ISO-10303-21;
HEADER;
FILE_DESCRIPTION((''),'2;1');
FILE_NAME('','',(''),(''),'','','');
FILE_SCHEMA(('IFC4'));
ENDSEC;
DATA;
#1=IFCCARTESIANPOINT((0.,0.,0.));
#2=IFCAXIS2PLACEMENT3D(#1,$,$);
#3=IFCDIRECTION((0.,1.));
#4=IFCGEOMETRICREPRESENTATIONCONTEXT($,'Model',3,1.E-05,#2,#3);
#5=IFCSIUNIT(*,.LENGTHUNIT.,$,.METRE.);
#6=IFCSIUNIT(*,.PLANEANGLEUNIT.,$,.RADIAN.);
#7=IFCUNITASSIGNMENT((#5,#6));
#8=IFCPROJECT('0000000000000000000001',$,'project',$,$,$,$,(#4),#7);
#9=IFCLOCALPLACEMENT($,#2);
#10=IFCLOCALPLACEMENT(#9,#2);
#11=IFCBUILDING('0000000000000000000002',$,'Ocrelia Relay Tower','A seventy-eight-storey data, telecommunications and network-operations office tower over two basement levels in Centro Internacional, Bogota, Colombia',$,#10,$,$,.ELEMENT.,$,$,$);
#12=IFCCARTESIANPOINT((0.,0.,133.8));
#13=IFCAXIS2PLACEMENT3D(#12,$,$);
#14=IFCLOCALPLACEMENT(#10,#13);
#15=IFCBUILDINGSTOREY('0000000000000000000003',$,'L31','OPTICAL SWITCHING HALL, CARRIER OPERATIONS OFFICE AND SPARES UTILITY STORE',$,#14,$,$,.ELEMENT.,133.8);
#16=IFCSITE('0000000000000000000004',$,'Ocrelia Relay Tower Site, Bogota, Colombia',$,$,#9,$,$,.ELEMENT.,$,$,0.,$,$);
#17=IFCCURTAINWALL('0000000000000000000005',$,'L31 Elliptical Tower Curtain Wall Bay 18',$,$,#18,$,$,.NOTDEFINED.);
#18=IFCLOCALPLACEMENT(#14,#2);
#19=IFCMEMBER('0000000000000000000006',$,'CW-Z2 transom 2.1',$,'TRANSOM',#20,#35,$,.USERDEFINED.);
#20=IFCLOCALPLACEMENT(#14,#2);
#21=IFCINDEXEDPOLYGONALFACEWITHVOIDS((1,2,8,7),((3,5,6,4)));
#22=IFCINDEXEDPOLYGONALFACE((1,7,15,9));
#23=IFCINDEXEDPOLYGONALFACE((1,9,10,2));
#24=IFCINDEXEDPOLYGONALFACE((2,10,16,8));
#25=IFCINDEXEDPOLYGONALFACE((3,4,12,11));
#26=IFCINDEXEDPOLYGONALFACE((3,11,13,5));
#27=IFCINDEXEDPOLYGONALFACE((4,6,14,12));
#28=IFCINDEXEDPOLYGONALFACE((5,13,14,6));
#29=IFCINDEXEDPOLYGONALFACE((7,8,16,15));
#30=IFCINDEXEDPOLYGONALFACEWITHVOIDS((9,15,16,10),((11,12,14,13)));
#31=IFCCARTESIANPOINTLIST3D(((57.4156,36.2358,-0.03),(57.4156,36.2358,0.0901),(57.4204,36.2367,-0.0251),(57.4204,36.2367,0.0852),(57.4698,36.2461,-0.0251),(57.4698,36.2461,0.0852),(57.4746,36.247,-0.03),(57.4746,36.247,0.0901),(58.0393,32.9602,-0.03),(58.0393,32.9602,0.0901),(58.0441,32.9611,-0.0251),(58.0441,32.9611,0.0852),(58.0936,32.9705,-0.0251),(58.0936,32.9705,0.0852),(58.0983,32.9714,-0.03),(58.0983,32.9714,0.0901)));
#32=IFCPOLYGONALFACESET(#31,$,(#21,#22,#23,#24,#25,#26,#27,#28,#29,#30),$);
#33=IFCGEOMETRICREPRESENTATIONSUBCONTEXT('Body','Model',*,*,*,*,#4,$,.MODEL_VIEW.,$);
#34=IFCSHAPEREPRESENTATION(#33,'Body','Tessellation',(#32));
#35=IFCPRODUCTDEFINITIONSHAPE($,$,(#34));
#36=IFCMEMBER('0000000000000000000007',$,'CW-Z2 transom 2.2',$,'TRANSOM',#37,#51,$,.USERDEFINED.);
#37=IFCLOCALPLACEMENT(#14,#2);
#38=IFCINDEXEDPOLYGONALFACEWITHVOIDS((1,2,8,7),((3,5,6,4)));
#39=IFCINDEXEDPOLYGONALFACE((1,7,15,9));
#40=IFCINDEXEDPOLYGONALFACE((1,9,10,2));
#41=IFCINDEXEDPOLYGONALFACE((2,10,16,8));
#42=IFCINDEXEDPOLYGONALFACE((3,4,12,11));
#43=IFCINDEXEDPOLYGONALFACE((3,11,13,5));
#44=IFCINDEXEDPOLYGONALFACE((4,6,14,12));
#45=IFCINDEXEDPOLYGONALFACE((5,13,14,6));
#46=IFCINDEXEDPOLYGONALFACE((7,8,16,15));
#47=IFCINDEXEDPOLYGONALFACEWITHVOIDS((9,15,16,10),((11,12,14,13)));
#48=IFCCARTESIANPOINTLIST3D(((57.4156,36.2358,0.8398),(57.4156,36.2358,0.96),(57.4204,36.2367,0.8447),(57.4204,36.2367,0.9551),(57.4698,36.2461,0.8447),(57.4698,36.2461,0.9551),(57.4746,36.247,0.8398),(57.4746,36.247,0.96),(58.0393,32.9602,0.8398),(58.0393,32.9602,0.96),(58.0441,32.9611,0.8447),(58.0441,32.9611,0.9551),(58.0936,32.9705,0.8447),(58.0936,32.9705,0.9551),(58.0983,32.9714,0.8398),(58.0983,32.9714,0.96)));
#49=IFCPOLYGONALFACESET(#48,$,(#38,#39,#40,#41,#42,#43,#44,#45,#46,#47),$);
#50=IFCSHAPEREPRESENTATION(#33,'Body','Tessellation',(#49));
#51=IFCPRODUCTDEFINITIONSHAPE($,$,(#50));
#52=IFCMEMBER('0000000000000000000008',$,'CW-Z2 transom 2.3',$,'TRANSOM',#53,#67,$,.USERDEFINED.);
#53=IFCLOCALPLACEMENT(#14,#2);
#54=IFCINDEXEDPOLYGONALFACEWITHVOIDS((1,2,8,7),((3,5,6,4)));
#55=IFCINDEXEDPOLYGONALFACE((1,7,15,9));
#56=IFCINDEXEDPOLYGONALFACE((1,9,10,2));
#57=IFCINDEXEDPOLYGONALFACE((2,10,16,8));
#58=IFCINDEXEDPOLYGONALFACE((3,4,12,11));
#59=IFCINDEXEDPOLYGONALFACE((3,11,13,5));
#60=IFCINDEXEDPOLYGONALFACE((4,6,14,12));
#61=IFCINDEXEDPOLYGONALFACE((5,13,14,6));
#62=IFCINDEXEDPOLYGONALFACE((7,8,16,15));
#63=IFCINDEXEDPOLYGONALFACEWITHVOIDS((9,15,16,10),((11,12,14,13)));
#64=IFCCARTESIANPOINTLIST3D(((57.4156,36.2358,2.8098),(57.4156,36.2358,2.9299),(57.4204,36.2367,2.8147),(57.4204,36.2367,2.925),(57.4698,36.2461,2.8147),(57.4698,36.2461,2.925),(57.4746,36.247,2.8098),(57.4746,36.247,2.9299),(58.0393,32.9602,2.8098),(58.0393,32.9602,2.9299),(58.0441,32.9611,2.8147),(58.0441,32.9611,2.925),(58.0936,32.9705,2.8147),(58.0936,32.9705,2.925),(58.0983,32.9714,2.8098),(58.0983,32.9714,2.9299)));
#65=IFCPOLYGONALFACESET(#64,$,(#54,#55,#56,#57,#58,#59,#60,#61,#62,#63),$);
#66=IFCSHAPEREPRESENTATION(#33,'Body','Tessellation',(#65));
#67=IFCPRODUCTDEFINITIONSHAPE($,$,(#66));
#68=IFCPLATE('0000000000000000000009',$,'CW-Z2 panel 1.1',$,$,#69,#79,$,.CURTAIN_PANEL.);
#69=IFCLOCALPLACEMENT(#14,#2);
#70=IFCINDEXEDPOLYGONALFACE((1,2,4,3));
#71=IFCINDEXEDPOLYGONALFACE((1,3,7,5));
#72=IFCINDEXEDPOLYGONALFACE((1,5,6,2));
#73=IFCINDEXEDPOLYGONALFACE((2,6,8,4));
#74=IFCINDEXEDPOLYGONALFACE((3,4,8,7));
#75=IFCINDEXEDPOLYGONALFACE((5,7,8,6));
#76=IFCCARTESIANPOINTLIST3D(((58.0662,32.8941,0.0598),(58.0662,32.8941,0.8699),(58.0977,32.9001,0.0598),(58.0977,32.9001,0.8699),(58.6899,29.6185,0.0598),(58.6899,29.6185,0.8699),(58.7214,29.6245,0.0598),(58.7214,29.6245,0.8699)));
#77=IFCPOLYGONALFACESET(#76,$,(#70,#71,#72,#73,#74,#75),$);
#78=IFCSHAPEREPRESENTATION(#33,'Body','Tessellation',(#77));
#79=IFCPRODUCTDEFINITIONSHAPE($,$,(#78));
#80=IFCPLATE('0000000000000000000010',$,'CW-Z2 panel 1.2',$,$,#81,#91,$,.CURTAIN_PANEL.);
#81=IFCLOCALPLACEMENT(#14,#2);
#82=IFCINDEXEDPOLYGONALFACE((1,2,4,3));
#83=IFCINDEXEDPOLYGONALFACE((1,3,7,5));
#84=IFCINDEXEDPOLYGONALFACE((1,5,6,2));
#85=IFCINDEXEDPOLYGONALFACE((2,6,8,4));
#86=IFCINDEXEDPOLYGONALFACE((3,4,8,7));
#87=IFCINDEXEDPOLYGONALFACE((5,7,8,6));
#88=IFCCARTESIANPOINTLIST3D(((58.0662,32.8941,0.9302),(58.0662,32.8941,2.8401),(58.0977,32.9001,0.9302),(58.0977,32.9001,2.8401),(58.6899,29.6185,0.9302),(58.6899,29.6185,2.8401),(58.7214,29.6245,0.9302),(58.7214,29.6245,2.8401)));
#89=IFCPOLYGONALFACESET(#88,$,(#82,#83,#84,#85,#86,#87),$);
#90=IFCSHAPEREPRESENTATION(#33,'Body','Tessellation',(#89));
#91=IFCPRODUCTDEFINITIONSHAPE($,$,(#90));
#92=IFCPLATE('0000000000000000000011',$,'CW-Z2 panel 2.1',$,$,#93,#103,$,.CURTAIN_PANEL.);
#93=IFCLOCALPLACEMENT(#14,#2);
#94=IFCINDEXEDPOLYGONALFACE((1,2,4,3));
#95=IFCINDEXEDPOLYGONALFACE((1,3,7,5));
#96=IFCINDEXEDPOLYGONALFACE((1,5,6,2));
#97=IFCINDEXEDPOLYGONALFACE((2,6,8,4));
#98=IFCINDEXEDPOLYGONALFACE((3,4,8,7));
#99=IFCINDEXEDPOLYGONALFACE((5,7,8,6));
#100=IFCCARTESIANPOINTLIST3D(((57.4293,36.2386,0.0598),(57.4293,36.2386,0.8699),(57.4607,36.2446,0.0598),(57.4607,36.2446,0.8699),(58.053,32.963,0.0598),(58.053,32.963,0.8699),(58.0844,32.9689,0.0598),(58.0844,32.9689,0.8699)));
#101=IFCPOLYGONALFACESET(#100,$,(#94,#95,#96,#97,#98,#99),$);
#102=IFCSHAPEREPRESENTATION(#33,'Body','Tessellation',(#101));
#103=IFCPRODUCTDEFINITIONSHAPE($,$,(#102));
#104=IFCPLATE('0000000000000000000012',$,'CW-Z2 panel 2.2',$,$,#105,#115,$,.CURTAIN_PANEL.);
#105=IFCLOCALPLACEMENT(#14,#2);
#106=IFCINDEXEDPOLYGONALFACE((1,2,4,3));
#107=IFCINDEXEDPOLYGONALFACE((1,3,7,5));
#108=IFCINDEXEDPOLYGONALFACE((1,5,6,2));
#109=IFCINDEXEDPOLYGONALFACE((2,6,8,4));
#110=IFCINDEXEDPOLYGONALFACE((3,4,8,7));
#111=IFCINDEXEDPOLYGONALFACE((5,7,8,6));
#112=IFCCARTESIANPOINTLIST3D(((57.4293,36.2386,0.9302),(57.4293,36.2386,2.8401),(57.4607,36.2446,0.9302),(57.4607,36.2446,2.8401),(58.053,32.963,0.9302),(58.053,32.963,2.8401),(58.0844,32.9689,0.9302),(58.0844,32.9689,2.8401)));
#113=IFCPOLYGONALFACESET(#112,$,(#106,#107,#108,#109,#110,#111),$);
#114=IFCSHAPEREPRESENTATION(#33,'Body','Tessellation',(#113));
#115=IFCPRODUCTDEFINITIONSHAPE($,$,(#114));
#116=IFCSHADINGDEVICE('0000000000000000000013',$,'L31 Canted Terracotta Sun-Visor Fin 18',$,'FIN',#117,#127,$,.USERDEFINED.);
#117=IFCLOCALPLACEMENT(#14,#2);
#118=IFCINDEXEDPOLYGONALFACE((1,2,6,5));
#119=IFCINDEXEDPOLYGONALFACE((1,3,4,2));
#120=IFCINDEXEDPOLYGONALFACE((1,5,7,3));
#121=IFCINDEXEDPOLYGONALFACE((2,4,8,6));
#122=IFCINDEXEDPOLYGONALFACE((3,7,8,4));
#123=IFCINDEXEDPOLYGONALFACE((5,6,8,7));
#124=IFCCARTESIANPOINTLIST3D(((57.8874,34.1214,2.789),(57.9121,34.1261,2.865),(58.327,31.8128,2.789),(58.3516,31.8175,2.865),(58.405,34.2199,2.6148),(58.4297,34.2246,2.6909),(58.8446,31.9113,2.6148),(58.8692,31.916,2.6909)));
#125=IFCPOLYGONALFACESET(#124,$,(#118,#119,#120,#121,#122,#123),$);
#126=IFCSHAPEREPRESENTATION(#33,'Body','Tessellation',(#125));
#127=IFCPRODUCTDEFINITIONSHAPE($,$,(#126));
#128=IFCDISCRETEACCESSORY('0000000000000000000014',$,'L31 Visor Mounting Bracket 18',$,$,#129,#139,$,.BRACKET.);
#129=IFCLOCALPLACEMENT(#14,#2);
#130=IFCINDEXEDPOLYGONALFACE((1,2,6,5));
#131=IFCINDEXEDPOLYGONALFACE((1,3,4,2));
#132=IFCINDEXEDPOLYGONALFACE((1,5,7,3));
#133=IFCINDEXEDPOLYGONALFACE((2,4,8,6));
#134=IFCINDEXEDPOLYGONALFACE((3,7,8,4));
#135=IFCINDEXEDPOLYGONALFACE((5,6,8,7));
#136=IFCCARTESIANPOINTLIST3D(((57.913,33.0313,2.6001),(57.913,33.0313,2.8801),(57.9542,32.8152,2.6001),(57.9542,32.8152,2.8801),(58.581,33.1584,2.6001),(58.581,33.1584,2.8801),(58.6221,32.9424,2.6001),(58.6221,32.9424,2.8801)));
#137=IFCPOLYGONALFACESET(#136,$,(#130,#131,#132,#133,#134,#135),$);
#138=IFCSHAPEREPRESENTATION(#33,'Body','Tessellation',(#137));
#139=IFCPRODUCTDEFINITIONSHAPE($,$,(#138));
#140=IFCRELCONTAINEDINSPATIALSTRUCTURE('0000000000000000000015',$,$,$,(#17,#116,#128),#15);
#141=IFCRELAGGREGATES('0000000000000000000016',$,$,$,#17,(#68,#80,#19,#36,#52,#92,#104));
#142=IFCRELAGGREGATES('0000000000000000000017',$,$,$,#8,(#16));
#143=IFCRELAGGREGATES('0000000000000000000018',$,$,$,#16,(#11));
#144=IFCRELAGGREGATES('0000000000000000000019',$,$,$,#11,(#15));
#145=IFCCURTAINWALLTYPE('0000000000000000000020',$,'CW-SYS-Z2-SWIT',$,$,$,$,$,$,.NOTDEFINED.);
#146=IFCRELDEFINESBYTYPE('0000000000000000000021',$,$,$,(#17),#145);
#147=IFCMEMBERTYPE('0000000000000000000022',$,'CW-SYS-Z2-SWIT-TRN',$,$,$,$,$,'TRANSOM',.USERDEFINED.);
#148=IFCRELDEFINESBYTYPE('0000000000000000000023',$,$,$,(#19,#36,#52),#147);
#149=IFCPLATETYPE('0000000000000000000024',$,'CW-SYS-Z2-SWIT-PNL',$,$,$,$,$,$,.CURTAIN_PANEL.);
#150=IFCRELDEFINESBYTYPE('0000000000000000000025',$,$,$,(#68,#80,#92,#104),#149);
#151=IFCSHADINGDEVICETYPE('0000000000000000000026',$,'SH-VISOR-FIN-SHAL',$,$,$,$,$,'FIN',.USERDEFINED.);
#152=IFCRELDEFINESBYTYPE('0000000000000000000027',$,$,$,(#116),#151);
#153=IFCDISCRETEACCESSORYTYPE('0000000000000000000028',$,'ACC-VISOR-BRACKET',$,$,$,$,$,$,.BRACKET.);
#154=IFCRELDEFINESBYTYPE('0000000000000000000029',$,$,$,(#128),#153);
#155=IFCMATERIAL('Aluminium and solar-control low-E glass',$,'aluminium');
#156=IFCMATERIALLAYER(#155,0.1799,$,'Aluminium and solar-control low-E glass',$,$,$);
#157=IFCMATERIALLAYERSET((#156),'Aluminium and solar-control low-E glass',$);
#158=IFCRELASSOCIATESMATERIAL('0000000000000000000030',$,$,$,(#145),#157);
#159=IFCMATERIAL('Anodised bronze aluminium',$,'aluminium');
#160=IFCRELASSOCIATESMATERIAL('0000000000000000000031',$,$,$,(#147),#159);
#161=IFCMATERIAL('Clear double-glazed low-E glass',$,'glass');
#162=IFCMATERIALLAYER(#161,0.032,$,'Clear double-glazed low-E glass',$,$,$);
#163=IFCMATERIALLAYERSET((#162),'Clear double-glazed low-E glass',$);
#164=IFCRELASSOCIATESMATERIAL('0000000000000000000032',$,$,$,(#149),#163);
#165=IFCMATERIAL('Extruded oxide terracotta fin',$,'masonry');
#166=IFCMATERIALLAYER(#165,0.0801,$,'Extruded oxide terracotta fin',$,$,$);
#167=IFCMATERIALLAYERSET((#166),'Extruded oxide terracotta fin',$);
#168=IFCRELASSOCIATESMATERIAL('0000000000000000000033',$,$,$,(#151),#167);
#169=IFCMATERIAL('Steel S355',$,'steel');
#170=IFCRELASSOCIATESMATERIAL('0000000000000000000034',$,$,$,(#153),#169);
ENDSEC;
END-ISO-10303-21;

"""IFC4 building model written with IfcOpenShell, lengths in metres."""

from ifc_helpers import new_model, si_unit, direction, frame, origin, origin_2d, place, context, subcontext, project, spatial, rectangle, hollow_rectangle, extrude, material, layer, layer_set, material_profile, profile_set, type_object, element, aggregate, save


model = new_model("IFC4")

# Units and contexts
model_context = context("Model", 3, precision=1e-05, world=origin(), true_north=direction((0.0, 1.0)))
body_context = subcontext(model_context, "Body", "Model", "MODEL_VIEW")
ifc_project = project(units=[si_unit("LENGTHUNIT", "METRE"), si_unit("PLANEANGLEUNIT", "RADIAN")], contexts=[model_context])

# Site, building, storey
site_placement = place(None, origin())
site = spatial("IfcSite", under=ifc_project, at=site_placement, Name="Ocrelia Relay Tower Site, Bogota, Colombia", CompositionType="ELEMENT", RefElevation=0.0)
building_placement = place(site_placement, origin())
building = spatial("IfcBuilding", under=site, at=building_placement, Name="Ocrelia Relay Tower", Description="A seventy-eight-storey data, telecommunications and network-operations office tower over two basement levels in Centro Internacional, Bogota, Colombia", CompositionType="ELEMENT")
storey_placement = place(building_placement, frame((0.0, 0.0, 133.8)))
storey = spatial("IfcBuildingStorey", under=building, at=storey_placement, Name="L31", Description="OPTICAL SWITCHING HALL, CARRIER OPERATIONS OFFICE AND SPARES UTILITY STORE", CompositionType="ELEMENT", Elevation=133.8)

# Shared definitions
ifc_material_1 = material(Name="Steel S355", Category="steel")

# Curtain wall, members, plates
ifc_material_2 = material(Name="Aluminium and solar-control low-E glass", Category="aluminium")
ifc_layer_1 = layer(ifc_material_2, 0.1799, Name="Aluminium and solar-control low-E glass")
ifc_layer_set_1 = layer_set([ifc_layer_1], Name="Aluminium and solar-control low-E glass")
curtain_wall_type = type_object("IfcCurtainWallType", Name="CW-SYS-Z2-SWIT", PredefinedType="NOTDEFINED", material=ifc_layer_set_1)
curtain_wall_placement = place(storey_placement, origin())
curtain_wall = element("IfcCurtainWall", 1, at=curtain_wall_placement, inside=storey, type_object=curtain_wall_type, Name="L31 Elliptical Tower Curtain Wall Bay 18", PredefinedType="NOTDEFINED")
ifc_material_3 = material(Name="Anodised bronze aluminium", Category="aluminium")
ifc_material_profile_1 = material_profile(ifc_material_3, hollow_rectangle(XDim=0.0601, YDim=0.1201, WallThickness=0.0049, at=origin_2d()), Name="CW-TRN-120x60")
ifc_profile_set_1 = profile_set([ifc_material_profile_1], Name="Anodised bronze aluminium")
member_type_1 = type_object("IfcMemberType", Name="CW-SYS-Z2-SWIT-TRN", ElementType="TRANSOM", PredefinedType="USERDEFINED", material=ifc_profile_set_1)
member_1_placement = place(storey_placement, frame((58.0688, 32.9658, 0.03), z_axis=(-0.187068, 0.982347, 0.0), x_axis=(-0.982347, -0.187068, 0.0)))
member_1 = element("IfcMember", 2, at=member_1_placement, type_object=member_type_1, Name="CW-Z2 transom 2.1", ObjectType="TRANSOM", PredefinedType="USERDEFINED", context=body_context, shape_type="SweptSolid", body=[
    extrude(hollow_rectangle(XDim=0.0601, YDim=0.1201, WallThickness=0.0049, at=origin_2d()), origin(), (0.0, 0.0, 1.0), 3.3345),
])
member_2_placement = place(storey_placement, frame((58.0688, 32.9658, 0.8999), z_axis=(-0.187068, 0.982347, 0.0), x_axis=(-0.982347, -0.187068, 0.0)))
member_2 = element("IfcMember", 3, at=member_2_placement, type_object=member_type_1, Name="CW-Z2 transom 2.2", ObjectType="TRANSOM", PredefinedType="USERDEFINED", context=body_context, shape_type="SweptSolid", body=[
    extrude(hollow_rectangle(XDim=0.0601, YDim=0.1201, WallThickness=0.0049, at=origin_2d()), origin(), (0.0, 0.0, 1.0), 3.3345),
])
member_3_placement = place(storey_placement, frame((58.0688, 32.9658, 2.8699), z_axis=(-0.187068, 0.982347, 0.0), x_axis=(-0.982347, -0.187068, 0.0)))
member_3 = element("IfcMember", 4, at=member_3_placement, type_object=member_type_1, Name="CW-Z2 transom 2.3", ObjectType="TRANSOM", PredefinedType="USERDEFINED", context=body_context, shape_type="SweptSolid", body=[
    extrude(hollow_rectangle(XDim=0.0601, YDim=0.1201, WallThickness=0.0049, at=origin_2d()), origin(), (0.0, 0.0, 1.0), 3.3345),
])
ifc_material_4 = material(Name="Clear double-glazed low-E glass", Category="glass")
ifc_layer_2 = layer(ifc_material_4, 0.032, Name="Clear double-glazed low-E glass")
ifc_layer_set_2 = layer_set([ifc_layer_2], Name="Clear double-glazed low-E glass")
plate_type = type_object("IfcPlateType", Name="CW-SYS-Z2-SWIT-PNL", PredefinedType="CURTAIN_PANEL", material=ifc_layer_set_2)
plate_1_placement = place(storey_placement, frame((58.3938, 31.2593, 0.0598), z_axis=(0.0, 0.0, 1.0), x_axis=(-0.187045, 0.982351, 0.0)))
plate_1 = element("IfcPlate", 5, at=plate_1_placement, type_object=plate_type, Name="CW-Z2 panel 1.1", PredefinedType="CURTAIN_PANEL", context=body_context, shape_type="SweptSolid", body=[
    extrude(rectangle(XDim=3.3345, YDim=0.032, at=origin_2d()), origin(), (0.0, 0.0, 1.0), 0.8101),
])
plate_2_placement = place(storey_placement, frame((58.3938, 31.2593, 0.9302), z_axis=(0.0, 0.0, 1.0), x_axis=(-0.187045, 0.982351, 0.0)))
plate_2 = element("IfcPlate", 6, at=plate_2_placement, type_object=plate_type, Name="CW-Z2 panel 1.2", PredefinedType="CURTAIN_PANEL", context=body_context, shape_type="SweptSolid", body=[
    extrude(rectangle(XDim=3.3345, YDim=0.032, at=origin_2d()), origin(), (0.0, 0.0, 1.0), 1.9099),
])
plate_3_placement = place(storey_placement, frame((57.7568, 34.6038, 0.0598), z_axis=(0.0, 0.0, 1.0), x_axis=(-0.187045, 0.982351, 0.0)))
plate_3 = element("IfcPlate", 7, at=plate_3_placement, type_object=plate_type, Name="CW-Z2 panel 2.1", PredefinedType="CURTAIN_PANEL", context=body_context, shape_type="SweptSolid", body=[
    extrude(rectangle(XDim=3.3345, YDim=0.032, at=origin_2d()), origin(), (0.0, 0.0, 1.0), 0.8101),
])
plate_4_placement = place(storey_placement, frame((57.7568, 34.6038, 0.9302), z_axis=(0.0, 0.0, 1.0), x_axis=(-0.187045, 0.982351, 0.0)))
plate_4 = element("IfcPlate", 8, at=plate_4_placement, type_object=plate_type, Name="CW-Z2 panel 2.2", PredefinedType="CURTAIN_PANEL", context=body_context, shape_type="SweptSolid", body=[
    extrude(rectangle(XDim=3.3345, YDim=0.032, at=origin_2d()), origin(), (0.0, 0.0, 1.0), 1.9099),
])
aggregate(curtain_wall, [plate_1, plate_2, member_1, member_2, member_3, plate_3, plate_4])

# Shading device
ifc_material_5 = material(Name="Extruded oxide terracotta fin", Category="masonry")
ifc_layer_3 = layer(ifc_material_5, 0.0801, Name="Extruded oxide terracotta fin")
ifc_layer_set_3 = layer_set([ifc_layer_3], Name="Extruded oxide terracotta fin")
shading_device_type = type_object("IfcShadingDeviceType", Name="SH-VISOR-FIN-SHAL", ElementType="FIN", PredefinedType="USERDEFINED", material=ifc_layer_set_3)
shading_device_placement = place(storey_placement, frame((58.366, 33.0164, 2.7019), z_axis=(0.308288, 0.0587, 0.94948), x_axis=(-0.187045, 0.982351, 0.0)))
element("IfcShadingDevice", 9, at=shading_device_placement, inside=storey, type_object=shading_device_type, Name="L31 Canted Terracotta Sun-Visor Fin 18", ObjectType="FIN", PredefinedType="USERDEFINED", context=body_context, shape_type="SweptSolid", body=[
    extrude(rectangle(XDim=2.3501, YDim=0.5549, at=origin_2d()), origin(), (0.0, 0.0, 1.0), 0.0801),
])

# Discrete accessory
discrete_accessory_type = type_object("IfcDiscreteAccessoryType", Name="ACC-VISOR-BRACKET", PredefinedType="BRACKET", material=ifc_material_1)
discrete_accessory_placement = place(storey_placement, frame((58.2676, 32.9868, 2.6001), z_axis=(0.0, 0.0, 1.0), x_axis=(-0.187045, 0.982351, 0.0)))
element("IfcDiscreteAccessory", 10, at=discrete_accessory_placement, inside=storey, type_object=discrete_accessory_type, Name="L31 Visor Mounting Bracket 18", PredefinedType="BRACKET", context=body_context, shape_type="SweptSolid", body=[
    extrude(rectangle(XDim=0.22, YDim=0.6799, at=origin_2d()), origin(), (0.0, 0.0, 1.0), 0.28),
])

save(model, "model.ifc")
